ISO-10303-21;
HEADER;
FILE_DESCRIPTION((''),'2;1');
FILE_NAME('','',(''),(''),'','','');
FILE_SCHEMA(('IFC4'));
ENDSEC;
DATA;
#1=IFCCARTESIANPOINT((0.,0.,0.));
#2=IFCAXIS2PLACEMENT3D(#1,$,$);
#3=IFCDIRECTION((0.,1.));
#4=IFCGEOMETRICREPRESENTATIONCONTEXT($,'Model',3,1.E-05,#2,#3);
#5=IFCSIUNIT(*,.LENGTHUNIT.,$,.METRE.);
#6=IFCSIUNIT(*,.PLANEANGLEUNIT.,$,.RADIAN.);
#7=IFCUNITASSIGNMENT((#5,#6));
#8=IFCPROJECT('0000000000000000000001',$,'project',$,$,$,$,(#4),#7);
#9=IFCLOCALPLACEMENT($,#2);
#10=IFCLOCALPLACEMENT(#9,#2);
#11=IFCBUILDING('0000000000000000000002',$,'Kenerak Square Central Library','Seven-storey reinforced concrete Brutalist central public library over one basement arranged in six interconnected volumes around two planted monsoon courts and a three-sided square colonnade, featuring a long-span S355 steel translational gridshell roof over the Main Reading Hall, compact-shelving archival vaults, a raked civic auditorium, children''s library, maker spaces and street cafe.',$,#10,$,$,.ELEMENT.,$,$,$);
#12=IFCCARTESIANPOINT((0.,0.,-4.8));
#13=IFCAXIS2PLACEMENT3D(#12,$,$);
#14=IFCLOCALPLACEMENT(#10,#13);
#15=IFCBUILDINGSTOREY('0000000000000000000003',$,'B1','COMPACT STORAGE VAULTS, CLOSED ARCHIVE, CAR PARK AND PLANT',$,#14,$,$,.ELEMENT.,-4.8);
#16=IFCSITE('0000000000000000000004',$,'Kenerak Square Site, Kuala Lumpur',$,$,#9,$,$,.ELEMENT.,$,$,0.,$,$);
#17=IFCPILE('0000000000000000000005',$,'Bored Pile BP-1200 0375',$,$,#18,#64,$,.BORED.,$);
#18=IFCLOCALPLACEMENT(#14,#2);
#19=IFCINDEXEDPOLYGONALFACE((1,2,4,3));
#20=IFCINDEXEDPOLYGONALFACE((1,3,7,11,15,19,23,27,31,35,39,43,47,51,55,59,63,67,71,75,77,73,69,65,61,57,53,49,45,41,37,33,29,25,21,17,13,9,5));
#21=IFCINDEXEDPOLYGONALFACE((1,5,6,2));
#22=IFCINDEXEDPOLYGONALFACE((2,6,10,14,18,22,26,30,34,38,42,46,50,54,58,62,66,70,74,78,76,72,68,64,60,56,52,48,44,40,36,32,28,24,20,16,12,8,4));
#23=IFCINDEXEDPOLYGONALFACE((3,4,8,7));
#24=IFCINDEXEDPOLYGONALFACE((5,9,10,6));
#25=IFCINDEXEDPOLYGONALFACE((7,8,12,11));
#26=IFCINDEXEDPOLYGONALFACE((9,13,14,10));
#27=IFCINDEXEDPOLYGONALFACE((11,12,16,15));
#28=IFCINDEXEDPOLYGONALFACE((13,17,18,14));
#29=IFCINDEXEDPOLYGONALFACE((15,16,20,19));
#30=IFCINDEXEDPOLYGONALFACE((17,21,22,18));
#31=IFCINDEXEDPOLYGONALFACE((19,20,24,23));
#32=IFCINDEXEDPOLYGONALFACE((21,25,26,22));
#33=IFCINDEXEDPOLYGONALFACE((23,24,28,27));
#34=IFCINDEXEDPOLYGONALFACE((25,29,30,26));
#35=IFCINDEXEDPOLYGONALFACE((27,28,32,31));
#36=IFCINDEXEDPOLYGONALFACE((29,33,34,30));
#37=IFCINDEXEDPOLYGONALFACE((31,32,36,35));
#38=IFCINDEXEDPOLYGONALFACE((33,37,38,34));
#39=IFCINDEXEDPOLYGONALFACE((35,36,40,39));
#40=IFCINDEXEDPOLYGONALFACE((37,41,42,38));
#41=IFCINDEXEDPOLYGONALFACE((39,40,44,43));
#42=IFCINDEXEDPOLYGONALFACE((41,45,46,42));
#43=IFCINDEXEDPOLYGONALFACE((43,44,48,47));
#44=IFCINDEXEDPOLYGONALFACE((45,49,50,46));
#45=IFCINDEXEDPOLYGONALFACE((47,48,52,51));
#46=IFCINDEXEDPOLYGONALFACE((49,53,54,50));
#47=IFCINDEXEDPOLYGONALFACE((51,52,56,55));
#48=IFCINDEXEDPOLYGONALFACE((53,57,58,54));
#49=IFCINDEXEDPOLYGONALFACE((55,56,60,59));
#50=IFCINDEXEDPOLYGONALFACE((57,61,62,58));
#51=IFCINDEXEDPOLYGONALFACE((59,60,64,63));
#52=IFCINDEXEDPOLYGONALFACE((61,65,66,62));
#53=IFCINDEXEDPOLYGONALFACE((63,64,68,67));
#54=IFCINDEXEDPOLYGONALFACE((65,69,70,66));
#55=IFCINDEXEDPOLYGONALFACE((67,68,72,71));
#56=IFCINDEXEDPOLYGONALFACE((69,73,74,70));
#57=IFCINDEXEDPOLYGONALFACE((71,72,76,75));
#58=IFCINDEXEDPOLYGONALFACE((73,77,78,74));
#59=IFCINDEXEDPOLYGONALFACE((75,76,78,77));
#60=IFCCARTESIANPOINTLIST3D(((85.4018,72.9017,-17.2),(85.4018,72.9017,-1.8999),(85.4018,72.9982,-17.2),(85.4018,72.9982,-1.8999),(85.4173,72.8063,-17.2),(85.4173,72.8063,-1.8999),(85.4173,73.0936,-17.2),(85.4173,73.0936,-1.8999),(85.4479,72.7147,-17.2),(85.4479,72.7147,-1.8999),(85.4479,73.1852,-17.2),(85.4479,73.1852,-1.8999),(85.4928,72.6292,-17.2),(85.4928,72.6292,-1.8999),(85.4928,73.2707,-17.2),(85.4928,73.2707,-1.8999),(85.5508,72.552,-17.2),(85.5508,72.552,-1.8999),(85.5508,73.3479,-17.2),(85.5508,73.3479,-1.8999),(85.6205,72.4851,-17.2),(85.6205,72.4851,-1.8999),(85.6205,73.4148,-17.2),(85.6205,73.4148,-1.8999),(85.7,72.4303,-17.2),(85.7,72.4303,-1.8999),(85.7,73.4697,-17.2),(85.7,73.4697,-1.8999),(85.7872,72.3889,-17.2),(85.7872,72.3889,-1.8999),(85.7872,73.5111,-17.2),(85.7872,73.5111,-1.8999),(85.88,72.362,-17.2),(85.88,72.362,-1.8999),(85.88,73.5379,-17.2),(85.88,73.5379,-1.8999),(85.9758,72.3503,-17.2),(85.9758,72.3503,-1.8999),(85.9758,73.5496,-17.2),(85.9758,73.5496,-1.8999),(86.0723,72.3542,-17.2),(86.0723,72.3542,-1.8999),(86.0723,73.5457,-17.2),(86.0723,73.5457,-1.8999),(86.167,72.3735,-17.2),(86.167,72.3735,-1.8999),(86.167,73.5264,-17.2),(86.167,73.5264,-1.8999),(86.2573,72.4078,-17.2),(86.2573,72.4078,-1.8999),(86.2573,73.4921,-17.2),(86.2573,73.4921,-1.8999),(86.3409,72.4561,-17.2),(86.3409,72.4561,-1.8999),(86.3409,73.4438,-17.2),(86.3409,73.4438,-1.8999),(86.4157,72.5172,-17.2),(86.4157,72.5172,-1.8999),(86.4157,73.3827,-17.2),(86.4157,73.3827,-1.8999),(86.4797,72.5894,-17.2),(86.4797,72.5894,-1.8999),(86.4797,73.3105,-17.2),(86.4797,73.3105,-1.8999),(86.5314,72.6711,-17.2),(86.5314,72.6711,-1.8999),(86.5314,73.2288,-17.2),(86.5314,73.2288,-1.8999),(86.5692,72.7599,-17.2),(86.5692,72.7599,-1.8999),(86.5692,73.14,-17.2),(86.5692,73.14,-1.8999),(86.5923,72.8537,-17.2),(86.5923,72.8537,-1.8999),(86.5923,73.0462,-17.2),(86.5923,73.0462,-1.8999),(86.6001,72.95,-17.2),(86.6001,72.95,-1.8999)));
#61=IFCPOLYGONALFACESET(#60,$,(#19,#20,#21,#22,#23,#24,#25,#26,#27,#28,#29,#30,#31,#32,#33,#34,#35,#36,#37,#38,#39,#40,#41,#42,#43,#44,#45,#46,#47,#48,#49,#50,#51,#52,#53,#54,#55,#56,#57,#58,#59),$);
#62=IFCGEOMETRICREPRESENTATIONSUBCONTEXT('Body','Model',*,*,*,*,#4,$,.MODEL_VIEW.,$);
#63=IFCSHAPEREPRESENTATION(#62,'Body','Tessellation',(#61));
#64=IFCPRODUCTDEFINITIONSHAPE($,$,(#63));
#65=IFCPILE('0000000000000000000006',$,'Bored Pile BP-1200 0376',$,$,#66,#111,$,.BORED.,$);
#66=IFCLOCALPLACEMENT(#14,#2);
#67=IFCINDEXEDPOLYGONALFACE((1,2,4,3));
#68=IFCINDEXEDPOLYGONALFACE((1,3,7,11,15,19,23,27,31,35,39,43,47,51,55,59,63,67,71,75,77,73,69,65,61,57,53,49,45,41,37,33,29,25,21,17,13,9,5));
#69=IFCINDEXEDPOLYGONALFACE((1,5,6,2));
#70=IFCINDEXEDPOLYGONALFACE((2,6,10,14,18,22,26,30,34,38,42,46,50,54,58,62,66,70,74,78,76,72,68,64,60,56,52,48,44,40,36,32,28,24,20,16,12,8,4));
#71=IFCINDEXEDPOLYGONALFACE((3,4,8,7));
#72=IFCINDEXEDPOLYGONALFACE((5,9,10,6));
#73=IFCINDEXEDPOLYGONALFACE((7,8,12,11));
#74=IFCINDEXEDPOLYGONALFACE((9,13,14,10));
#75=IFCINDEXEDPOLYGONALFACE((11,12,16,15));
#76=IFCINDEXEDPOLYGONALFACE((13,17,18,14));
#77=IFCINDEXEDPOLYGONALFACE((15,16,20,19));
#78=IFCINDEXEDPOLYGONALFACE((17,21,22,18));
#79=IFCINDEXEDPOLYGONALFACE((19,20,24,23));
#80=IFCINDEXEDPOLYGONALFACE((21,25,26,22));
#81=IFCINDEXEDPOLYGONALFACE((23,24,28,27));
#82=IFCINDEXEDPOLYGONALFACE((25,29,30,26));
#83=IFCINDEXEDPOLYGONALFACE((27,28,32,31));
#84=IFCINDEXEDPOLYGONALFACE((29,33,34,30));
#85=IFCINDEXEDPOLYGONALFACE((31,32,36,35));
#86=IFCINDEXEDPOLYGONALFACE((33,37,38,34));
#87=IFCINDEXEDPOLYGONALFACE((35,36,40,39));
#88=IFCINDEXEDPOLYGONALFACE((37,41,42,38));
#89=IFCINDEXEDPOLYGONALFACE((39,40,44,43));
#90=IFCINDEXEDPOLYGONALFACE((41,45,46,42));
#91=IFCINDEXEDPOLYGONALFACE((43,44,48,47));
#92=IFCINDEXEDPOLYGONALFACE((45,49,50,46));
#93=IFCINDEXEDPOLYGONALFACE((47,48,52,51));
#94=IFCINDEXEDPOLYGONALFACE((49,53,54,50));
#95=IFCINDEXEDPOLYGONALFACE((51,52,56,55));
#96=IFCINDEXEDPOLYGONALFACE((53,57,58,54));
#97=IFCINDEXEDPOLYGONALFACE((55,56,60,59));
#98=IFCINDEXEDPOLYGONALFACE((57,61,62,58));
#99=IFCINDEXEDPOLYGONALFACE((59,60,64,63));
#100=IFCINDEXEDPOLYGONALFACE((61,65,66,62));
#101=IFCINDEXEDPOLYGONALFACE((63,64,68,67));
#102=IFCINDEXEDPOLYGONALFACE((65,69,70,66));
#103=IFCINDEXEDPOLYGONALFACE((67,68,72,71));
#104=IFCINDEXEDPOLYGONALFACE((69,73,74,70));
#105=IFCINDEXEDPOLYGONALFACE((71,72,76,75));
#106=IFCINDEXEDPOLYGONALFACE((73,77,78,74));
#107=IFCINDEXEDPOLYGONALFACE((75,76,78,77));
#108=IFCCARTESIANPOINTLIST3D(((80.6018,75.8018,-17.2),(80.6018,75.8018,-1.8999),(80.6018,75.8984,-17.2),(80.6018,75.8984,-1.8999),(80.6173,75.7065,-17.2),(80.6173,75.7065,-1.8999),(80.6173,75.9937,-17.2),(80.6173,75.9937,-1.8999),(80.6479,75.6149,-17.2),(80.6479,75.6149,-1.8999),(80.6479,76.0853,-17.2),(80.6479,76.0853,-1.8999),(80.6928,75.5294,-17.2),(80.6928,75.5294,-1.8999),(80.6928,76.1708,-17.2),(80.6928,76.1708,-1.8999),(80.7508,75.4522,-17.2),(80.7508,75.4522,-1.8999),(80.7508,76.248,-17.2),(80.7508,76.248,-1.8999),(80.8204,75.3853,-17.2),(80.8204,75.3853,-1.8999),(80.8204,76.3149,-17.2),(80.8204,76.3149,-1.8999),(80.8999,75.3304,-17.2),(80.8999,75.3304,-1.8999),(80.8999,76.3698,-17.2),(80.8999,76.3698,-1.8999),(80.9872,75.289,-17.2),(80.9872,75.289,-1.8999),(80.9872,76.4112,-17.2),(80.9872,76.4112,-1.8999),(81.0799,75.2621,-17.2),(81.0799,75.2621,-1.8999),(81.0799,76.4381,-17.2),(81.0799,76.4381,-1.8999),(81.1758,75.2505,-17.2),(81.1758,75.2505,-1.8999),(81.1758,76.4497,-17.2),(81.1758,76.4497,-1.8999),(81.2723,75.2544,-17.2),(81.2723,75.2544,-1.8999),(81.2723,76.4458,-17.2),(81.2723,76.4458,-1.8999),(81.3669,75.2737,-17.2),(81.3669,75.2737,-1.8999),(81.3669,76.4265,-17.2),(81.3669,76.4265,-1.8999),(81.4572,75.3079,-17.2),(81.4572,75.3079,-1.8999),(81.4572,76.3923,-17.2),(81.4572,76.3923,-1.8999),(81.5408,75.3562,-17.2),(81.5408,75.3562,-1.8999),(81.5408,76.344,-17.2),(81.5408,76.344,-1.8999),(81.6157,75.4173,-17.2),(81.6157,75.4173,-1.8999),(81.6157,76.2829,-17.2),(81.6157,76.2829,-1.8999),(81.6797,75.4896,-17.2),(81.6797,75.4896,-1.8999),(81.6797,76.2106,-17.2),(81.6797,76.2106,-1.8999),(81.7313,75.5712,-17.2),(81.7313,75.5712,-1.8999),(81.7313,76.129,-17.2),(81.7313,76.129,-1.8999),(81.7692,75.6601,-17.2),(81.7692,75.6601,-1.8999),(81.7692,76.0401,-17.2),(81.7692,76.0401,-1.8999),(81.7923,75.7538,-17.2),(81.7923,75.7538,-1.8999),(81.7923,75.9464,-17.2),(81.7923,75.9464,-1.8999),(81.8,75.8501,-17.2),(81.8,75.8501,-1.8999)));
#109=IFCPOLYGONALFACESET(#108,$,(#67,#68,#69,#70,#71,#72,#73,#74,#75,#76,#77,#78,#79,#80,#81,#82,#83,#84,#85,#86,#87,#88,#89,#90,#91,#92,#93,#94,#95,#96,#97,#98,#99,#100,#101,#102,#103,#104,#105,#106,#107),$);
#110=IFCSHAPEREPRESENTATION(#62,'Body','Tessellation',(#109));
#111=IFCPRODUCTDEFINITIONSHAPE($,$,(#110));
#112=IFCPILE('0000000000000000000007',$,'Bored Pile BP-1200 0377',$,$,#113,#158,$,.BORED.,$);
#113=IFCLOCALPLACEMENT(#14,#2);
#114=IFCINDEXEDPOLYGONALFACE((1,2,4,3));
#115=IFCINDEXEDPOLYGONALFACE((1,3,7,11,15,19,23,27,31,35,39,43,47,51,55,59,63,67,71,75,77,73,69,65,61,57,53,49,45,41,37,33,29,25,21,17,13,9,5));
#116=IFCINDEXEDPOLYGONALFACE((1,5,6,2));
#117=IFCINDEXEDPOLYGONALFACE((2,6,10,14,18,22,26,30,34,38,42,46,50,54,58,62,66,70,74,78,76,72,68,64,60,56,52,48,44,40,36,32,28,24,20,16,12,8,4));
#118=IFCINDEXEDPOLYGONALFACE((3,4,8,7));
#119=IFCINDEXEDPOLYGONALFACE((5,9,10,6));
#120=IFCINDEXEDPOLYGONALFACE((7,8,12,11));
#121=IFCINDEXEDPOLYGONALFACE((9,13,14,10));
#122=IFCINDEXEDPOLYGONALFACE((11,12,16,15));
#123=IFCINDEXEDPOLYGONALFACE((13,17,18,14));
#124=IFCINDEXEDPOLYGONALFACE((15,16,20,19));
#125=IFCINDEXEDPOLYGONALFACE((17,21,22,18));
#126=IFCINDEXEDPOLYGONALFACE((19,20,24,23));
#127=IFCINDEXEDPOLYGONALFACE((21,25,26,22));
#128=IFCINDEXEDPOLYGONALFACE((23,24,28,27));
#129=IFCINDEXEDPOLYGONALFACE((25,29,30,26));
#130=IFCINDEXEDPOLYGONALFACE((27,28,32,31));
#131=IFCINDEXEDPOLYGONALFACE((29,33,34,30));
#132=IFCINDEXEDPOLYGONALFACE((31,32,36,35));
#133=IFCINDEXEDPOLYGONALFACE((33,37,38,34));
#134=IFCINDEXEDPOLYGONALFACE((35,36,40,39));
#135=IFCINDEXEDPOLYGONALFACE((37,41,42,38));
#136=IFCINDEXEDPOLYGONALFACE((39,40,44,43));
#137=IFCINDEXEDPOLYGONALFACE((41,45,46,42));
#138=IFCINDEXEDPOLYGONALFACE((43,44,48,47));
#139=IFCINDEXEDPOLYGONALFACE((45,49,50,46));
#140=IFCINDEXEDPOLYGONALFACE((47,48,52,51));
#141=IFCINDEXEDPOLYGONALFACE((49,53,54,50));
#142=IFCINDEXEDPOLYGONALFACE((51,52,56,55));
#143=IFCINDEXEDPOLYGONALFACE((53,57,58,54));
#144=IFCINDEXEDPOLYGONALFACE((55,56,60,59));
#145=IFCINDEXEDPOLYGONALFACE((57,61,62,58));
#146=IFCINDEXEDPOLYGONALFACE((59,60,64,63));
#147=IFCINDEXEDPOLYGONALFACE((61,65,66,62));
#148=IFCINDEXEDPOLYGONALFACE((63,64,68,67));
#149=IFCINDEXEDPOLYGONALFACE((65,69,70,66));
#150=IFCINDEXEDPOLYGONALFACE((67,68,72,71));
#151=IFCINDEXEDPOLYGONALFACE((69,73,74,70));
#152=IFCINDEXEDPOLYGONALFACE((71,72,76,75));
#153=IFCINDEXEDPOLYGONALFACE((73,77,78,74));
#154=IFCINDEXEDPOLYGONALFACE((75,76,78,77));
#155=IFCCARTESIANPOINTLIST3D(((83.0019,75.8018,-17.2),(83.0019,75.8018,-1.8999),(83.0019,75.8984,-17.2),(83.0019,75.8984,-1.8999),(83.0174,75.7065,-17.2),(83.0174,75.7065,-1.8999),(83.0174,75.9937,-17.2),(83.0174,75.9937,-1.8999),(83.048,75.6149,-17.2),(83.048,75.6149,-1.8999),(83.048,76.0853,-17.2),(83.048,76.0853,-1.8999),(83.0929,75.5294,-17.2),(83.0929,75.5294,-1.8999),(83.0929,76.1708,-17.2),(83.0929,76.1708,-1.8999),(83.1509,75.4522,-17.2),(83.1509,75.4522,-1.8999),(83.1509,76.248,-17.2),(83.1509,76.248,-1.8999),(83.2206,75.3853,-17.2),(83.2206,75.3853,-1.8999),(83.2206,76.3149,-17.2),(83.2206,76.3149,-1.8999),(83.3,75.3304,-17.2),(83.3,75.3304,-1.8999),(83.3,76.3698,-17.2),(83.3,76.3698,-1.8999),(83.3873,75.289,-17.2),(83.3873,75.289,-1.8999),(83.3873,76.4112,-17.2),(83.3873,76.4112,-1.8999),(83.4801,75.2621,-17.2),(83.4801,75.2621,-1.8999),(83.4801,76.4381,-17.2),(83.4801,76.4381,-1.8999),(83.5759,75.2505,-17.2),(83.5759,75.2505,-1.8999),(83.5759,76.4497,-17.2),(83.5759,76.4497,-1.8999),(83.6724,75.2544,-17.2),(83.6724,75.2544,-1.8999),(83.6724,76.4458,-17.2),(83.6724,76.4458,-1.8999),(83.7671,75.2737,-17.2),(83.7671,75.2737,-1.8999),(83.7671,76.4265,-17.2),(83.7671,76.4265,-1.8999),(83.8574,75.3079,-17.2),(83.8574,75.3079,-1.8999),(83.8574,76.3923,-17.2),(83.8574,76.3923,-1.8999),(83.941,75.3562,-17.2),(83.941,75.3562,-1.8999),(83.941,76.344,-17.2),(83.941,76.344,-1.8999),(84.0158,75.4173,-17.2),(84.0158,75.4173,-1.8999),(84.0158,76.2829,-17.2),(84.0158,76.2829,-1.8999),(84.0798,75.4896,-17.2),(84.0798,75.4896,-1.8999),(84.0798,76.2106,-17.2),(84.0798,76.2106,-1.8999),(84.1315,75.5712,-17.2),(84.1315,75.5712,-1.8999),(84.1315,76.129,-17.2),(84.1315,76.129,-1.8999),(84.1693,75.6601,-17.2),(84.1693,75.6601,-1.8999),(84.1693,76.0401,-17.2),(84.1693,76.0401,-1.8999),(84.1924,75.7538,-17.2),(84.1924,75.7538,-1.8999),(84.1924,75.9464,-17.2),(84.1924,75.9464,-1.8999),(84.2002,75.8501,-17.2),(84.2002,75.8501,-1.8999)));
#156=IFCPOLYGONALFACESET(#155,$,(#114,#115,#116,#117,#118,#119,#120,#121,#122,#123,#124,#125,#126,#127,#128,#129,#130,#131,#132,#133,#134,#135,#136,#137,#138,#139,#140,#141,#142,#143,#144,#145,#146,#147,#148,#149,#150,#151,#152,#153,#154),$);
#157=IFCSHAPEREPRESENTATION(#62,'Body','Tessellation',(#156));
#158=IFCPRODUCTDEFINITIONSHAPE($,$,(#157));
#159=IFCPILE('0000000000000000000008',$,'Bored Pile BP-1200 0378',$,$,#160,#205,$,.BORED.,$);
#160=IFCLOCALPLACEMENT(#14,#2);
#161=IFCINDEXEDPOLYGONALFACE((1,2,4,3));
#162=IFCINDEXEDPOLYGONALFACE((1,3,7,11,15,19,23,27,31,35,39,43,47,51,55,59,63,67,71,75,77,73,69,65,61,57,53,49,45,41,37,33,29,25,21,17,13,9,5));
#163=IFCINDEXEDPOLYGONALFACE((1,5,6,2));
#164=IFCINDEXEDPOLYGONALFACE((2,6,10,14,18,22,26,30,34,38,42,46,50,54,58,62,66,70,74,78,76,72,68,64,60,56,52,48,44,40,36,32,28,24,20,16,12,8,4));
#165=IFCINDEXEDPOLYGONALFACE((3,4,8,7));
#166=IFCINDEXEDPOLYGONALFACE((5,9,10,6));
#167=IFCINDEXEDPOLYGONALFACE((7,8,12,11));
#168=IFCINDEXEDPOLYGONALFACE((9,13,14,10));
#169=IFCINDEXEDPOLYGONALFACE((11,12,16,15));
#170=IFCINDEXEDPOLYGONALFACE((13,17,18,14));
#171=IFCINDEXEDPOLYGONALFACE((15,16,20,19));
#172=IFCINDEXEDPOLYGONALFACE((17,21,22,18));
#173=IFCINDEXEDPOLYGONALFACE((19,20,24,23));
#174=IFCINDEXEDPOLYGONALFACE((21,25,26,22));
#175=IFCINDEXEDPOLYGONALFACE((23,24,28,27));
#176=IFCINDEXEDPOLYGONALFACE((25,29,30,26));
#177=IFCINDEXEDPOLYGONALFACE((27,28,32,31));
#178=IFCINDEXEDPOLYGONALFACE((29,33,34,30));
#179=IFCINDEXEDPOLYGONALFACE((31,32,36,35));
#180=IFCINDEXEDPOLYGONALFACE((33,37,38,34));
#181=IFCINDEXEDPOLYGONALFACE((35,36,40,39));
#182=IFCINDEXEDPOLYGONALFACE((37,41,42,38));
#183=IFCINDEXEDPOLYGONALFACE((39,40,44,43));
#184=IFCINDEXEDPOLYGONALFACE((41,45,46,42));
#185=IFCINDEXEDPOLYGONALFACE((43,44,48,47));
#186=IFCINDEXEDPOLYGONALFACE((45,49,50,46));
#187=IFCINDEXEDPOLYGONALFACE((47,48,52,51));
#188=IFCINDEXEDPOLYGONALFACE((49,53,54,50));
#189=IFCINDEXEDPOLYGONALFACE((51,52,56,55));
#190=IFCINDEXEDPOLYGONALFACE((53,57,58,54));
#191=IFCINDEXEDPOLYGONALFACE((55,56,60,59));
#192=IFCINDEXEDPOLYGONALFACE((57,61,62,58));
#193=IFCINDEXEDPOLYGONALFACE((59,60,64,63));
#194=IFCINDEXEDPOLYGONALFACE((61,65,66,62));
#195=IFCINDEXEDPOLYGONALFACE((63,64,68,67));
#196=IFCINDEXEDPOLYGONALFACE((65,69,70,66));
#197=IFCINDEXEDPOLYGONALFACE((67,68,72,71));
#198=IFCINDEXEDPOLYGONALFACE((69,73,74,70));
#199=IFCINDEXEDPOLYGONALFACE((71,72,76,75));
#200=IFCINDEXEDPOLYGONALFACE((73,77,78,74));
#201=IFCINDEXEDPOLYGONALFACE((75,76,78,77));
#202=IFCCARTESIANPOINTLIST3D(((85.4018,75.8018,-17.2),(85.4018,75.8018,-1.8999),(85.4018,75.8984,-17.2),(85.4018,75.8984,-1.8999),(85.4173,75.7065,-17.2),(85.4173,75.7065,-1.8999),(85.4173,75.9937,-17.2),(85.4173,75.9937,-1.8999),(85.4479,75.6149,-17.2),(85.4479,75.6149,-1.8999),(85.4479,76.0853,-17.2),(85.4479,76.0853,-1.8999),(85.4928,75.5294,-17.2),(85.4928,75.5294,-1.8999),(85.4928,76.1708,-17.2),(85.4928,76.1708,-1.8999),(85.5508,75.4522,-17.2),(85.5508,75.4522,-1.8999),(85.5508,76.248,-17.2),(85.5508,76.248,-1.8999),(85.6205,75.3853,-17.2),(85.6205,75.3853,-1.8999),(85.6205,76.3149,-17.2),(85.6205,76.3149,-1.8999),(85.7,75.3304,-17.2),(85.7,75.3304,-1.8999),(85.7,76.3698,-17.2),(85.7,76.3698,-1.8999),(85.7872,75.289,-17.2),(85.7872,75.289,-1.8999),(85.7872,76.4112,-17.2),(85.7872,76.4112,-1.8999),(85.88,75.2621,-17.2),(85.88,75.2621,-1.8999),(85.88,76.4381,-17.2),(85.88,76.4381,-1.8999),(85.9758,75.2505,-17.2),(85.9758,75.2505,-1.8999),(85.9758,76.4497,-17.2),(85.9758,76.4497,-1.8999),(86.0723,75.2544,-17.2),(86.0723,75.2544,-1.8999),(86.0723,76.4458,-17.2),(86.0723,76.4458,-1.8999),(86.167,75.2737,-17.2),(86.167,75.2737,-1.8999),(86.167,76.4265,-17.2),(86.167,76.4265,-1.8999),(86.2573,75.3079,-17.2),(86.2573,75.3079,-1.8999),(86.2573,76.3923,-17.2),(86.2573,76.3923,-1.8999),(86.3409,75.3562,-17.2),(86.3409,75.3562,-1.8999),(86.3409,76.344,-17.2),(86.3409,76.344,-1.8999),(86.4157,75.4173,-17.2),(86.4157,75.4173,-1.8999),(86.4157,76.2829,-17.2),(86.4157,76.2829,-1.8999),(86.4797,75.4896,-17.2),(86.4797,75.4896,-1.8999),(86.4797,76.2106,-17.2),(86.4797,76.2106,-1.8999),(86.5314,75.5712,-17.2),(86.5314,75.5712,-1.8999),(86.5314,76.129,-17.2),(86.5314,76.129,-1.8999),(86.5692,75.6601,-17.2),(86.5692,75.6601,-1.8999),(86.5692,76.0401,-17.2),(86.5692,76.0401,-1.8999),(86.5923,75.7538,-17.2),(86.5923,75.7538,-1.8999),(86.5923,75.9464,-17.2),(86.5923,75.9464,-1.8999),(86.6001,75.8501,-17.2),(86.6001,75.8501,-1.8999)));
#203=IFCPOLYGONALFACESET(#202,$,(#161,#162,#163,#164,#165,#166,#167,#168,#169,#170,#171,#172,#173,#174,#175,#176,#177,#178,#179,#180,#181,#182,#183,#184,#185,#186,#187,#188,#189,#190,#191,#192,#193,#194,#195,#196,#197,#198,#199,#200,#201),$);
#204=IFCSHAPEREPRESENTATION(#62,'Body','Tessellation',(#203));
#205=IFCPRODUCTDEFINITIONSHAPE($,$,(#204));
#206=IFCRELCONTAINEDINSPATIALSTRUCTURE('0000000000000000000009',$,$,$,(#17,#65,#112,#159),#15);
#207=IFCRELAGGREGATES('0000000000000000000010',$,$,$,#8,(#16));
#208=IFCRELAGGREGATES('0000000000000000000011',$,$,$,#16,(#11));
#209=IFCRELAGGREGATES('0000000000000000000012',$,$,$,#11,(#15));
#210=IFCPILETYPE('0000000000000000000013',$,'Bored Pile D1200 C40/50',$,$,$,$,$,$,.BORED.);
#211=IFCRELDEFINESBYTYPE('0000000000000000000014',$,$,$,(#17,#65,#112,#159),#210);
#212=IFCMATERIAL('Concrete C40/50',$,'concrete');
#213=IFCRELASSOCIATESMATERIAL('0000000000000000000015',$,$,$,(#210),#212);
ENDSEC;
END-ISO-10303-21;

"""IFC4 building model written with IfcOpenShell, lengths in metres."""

from ifc_helpers import new_model, si_unit, direction, frame, origin, origin_2d, place, context, subcontext, project, spatial, circle, extrude, material, material_profile, profile_set, type_object, element, save


model = new_model("IFC4")

# Units and contexts
model_context = context("Model", 3, precision=1e-05, world=origin(), true_north=direction((0.0, 1.0)))
body_context = subcontext(model_context, "Body", "Model", "MODEL_VIEW")
ifc_project = project(units=[si_unit("LENGTHUNIT", "METRE"), si_unit("PLANEANGLEUNIT", "RADIAN")], contexts=[model_context])

# Site, building, storey
site_placement = place(None, origin())
site = spatial("IfcSite", under=ifc_project, at=site_placement, Name="Kenerak Square Site, Kuala Lumpur", CompositionType="ELEMENT", RefElevation=0.0)
building_placement = place(site_placement, origin())
building = spatial("IfcBuilding", under=site, at=building_placement, Name="Kenerak Square Central Library", Description="Seven-storey reinforced concrete Brutalist central public library over one basement arranged in six interconnected volumes around two planted monsoon courts and a three-sided square colonnade, featuring a long-span S355 steel translational gridshell roof over the Main Reading Hall, compact-shelving archival vaults, a raked civic auditorium, children's library, maker spaces and street cafe.", CompositionType="ELEMENT")
storey_placement = place(building_placement, frame((0.0, 0.0, -4.8)))
storey = spatial("IfcBuildingStorey", under=building, at=storey_placement, Name="B1", Description="COMPACT STORAGE VAULTS, CLOSED ARCHIVE, CAR PARK AND PLANT", CompositionType="ELEMENT", Elevation=-4.8)

# Piles
ifc_material = material(Name="Concrete C40/50", Category="concrete")
ifc_material_profile_1 = material_profile(ifc_material, circle(Radius=0.6001, at=origin_2d()), Name="BP D1200")
ifc_profile_set_1 = profile_set([ifc_material_profile_1], Name="Concrete C40/50")
pile_type = type_object("IfcPileType", Name="Bored Pile D1200 C40/50", PredefinedType="BORED", material=ifc_profile_set_1)
for number, where, z_axis, x_axis, name in (
    (1, (86.0, 72.95, -1.8999), (0.0, 0.0, -1.0), (1.0, 0.0, 0.0), "Bored Pile BP-1200 0375"),
    (2, (81.2, 75.8501, -1.8999), (0.0, 0.0, -1.0), (1.0, 0.0, 0.0), "Bored Pile BP-1200 0376"),
    (3, (83.6001, 75.8501, -1.8999), (0.0, 0.0, -1.0), (1.0, 0.0, 0.0), "Bored Pile BP-1200 0377"),
    (4, (86.0, 75.8501, -1.8999), (0.0, 0.0, -1.0), (1.0, 0.0, 0.0), "Bored Pile BP-1200 0378"),
):
    element("IfcPile", number, at=place(storey_placement, frame(where, z_axis=z_axis, x_axis=x_axis)), inside=storey, type_object=pile_type, Name=name, PredefinedType="BORED", context=body_context, shape_type="SweptSolid", body=[
        extrude(circle(Radius=0.6001, at=origin_2d()), origin(), (0.0, 0.0, 1.0), 15.3),
    ])

save(model, "model.ifc")
